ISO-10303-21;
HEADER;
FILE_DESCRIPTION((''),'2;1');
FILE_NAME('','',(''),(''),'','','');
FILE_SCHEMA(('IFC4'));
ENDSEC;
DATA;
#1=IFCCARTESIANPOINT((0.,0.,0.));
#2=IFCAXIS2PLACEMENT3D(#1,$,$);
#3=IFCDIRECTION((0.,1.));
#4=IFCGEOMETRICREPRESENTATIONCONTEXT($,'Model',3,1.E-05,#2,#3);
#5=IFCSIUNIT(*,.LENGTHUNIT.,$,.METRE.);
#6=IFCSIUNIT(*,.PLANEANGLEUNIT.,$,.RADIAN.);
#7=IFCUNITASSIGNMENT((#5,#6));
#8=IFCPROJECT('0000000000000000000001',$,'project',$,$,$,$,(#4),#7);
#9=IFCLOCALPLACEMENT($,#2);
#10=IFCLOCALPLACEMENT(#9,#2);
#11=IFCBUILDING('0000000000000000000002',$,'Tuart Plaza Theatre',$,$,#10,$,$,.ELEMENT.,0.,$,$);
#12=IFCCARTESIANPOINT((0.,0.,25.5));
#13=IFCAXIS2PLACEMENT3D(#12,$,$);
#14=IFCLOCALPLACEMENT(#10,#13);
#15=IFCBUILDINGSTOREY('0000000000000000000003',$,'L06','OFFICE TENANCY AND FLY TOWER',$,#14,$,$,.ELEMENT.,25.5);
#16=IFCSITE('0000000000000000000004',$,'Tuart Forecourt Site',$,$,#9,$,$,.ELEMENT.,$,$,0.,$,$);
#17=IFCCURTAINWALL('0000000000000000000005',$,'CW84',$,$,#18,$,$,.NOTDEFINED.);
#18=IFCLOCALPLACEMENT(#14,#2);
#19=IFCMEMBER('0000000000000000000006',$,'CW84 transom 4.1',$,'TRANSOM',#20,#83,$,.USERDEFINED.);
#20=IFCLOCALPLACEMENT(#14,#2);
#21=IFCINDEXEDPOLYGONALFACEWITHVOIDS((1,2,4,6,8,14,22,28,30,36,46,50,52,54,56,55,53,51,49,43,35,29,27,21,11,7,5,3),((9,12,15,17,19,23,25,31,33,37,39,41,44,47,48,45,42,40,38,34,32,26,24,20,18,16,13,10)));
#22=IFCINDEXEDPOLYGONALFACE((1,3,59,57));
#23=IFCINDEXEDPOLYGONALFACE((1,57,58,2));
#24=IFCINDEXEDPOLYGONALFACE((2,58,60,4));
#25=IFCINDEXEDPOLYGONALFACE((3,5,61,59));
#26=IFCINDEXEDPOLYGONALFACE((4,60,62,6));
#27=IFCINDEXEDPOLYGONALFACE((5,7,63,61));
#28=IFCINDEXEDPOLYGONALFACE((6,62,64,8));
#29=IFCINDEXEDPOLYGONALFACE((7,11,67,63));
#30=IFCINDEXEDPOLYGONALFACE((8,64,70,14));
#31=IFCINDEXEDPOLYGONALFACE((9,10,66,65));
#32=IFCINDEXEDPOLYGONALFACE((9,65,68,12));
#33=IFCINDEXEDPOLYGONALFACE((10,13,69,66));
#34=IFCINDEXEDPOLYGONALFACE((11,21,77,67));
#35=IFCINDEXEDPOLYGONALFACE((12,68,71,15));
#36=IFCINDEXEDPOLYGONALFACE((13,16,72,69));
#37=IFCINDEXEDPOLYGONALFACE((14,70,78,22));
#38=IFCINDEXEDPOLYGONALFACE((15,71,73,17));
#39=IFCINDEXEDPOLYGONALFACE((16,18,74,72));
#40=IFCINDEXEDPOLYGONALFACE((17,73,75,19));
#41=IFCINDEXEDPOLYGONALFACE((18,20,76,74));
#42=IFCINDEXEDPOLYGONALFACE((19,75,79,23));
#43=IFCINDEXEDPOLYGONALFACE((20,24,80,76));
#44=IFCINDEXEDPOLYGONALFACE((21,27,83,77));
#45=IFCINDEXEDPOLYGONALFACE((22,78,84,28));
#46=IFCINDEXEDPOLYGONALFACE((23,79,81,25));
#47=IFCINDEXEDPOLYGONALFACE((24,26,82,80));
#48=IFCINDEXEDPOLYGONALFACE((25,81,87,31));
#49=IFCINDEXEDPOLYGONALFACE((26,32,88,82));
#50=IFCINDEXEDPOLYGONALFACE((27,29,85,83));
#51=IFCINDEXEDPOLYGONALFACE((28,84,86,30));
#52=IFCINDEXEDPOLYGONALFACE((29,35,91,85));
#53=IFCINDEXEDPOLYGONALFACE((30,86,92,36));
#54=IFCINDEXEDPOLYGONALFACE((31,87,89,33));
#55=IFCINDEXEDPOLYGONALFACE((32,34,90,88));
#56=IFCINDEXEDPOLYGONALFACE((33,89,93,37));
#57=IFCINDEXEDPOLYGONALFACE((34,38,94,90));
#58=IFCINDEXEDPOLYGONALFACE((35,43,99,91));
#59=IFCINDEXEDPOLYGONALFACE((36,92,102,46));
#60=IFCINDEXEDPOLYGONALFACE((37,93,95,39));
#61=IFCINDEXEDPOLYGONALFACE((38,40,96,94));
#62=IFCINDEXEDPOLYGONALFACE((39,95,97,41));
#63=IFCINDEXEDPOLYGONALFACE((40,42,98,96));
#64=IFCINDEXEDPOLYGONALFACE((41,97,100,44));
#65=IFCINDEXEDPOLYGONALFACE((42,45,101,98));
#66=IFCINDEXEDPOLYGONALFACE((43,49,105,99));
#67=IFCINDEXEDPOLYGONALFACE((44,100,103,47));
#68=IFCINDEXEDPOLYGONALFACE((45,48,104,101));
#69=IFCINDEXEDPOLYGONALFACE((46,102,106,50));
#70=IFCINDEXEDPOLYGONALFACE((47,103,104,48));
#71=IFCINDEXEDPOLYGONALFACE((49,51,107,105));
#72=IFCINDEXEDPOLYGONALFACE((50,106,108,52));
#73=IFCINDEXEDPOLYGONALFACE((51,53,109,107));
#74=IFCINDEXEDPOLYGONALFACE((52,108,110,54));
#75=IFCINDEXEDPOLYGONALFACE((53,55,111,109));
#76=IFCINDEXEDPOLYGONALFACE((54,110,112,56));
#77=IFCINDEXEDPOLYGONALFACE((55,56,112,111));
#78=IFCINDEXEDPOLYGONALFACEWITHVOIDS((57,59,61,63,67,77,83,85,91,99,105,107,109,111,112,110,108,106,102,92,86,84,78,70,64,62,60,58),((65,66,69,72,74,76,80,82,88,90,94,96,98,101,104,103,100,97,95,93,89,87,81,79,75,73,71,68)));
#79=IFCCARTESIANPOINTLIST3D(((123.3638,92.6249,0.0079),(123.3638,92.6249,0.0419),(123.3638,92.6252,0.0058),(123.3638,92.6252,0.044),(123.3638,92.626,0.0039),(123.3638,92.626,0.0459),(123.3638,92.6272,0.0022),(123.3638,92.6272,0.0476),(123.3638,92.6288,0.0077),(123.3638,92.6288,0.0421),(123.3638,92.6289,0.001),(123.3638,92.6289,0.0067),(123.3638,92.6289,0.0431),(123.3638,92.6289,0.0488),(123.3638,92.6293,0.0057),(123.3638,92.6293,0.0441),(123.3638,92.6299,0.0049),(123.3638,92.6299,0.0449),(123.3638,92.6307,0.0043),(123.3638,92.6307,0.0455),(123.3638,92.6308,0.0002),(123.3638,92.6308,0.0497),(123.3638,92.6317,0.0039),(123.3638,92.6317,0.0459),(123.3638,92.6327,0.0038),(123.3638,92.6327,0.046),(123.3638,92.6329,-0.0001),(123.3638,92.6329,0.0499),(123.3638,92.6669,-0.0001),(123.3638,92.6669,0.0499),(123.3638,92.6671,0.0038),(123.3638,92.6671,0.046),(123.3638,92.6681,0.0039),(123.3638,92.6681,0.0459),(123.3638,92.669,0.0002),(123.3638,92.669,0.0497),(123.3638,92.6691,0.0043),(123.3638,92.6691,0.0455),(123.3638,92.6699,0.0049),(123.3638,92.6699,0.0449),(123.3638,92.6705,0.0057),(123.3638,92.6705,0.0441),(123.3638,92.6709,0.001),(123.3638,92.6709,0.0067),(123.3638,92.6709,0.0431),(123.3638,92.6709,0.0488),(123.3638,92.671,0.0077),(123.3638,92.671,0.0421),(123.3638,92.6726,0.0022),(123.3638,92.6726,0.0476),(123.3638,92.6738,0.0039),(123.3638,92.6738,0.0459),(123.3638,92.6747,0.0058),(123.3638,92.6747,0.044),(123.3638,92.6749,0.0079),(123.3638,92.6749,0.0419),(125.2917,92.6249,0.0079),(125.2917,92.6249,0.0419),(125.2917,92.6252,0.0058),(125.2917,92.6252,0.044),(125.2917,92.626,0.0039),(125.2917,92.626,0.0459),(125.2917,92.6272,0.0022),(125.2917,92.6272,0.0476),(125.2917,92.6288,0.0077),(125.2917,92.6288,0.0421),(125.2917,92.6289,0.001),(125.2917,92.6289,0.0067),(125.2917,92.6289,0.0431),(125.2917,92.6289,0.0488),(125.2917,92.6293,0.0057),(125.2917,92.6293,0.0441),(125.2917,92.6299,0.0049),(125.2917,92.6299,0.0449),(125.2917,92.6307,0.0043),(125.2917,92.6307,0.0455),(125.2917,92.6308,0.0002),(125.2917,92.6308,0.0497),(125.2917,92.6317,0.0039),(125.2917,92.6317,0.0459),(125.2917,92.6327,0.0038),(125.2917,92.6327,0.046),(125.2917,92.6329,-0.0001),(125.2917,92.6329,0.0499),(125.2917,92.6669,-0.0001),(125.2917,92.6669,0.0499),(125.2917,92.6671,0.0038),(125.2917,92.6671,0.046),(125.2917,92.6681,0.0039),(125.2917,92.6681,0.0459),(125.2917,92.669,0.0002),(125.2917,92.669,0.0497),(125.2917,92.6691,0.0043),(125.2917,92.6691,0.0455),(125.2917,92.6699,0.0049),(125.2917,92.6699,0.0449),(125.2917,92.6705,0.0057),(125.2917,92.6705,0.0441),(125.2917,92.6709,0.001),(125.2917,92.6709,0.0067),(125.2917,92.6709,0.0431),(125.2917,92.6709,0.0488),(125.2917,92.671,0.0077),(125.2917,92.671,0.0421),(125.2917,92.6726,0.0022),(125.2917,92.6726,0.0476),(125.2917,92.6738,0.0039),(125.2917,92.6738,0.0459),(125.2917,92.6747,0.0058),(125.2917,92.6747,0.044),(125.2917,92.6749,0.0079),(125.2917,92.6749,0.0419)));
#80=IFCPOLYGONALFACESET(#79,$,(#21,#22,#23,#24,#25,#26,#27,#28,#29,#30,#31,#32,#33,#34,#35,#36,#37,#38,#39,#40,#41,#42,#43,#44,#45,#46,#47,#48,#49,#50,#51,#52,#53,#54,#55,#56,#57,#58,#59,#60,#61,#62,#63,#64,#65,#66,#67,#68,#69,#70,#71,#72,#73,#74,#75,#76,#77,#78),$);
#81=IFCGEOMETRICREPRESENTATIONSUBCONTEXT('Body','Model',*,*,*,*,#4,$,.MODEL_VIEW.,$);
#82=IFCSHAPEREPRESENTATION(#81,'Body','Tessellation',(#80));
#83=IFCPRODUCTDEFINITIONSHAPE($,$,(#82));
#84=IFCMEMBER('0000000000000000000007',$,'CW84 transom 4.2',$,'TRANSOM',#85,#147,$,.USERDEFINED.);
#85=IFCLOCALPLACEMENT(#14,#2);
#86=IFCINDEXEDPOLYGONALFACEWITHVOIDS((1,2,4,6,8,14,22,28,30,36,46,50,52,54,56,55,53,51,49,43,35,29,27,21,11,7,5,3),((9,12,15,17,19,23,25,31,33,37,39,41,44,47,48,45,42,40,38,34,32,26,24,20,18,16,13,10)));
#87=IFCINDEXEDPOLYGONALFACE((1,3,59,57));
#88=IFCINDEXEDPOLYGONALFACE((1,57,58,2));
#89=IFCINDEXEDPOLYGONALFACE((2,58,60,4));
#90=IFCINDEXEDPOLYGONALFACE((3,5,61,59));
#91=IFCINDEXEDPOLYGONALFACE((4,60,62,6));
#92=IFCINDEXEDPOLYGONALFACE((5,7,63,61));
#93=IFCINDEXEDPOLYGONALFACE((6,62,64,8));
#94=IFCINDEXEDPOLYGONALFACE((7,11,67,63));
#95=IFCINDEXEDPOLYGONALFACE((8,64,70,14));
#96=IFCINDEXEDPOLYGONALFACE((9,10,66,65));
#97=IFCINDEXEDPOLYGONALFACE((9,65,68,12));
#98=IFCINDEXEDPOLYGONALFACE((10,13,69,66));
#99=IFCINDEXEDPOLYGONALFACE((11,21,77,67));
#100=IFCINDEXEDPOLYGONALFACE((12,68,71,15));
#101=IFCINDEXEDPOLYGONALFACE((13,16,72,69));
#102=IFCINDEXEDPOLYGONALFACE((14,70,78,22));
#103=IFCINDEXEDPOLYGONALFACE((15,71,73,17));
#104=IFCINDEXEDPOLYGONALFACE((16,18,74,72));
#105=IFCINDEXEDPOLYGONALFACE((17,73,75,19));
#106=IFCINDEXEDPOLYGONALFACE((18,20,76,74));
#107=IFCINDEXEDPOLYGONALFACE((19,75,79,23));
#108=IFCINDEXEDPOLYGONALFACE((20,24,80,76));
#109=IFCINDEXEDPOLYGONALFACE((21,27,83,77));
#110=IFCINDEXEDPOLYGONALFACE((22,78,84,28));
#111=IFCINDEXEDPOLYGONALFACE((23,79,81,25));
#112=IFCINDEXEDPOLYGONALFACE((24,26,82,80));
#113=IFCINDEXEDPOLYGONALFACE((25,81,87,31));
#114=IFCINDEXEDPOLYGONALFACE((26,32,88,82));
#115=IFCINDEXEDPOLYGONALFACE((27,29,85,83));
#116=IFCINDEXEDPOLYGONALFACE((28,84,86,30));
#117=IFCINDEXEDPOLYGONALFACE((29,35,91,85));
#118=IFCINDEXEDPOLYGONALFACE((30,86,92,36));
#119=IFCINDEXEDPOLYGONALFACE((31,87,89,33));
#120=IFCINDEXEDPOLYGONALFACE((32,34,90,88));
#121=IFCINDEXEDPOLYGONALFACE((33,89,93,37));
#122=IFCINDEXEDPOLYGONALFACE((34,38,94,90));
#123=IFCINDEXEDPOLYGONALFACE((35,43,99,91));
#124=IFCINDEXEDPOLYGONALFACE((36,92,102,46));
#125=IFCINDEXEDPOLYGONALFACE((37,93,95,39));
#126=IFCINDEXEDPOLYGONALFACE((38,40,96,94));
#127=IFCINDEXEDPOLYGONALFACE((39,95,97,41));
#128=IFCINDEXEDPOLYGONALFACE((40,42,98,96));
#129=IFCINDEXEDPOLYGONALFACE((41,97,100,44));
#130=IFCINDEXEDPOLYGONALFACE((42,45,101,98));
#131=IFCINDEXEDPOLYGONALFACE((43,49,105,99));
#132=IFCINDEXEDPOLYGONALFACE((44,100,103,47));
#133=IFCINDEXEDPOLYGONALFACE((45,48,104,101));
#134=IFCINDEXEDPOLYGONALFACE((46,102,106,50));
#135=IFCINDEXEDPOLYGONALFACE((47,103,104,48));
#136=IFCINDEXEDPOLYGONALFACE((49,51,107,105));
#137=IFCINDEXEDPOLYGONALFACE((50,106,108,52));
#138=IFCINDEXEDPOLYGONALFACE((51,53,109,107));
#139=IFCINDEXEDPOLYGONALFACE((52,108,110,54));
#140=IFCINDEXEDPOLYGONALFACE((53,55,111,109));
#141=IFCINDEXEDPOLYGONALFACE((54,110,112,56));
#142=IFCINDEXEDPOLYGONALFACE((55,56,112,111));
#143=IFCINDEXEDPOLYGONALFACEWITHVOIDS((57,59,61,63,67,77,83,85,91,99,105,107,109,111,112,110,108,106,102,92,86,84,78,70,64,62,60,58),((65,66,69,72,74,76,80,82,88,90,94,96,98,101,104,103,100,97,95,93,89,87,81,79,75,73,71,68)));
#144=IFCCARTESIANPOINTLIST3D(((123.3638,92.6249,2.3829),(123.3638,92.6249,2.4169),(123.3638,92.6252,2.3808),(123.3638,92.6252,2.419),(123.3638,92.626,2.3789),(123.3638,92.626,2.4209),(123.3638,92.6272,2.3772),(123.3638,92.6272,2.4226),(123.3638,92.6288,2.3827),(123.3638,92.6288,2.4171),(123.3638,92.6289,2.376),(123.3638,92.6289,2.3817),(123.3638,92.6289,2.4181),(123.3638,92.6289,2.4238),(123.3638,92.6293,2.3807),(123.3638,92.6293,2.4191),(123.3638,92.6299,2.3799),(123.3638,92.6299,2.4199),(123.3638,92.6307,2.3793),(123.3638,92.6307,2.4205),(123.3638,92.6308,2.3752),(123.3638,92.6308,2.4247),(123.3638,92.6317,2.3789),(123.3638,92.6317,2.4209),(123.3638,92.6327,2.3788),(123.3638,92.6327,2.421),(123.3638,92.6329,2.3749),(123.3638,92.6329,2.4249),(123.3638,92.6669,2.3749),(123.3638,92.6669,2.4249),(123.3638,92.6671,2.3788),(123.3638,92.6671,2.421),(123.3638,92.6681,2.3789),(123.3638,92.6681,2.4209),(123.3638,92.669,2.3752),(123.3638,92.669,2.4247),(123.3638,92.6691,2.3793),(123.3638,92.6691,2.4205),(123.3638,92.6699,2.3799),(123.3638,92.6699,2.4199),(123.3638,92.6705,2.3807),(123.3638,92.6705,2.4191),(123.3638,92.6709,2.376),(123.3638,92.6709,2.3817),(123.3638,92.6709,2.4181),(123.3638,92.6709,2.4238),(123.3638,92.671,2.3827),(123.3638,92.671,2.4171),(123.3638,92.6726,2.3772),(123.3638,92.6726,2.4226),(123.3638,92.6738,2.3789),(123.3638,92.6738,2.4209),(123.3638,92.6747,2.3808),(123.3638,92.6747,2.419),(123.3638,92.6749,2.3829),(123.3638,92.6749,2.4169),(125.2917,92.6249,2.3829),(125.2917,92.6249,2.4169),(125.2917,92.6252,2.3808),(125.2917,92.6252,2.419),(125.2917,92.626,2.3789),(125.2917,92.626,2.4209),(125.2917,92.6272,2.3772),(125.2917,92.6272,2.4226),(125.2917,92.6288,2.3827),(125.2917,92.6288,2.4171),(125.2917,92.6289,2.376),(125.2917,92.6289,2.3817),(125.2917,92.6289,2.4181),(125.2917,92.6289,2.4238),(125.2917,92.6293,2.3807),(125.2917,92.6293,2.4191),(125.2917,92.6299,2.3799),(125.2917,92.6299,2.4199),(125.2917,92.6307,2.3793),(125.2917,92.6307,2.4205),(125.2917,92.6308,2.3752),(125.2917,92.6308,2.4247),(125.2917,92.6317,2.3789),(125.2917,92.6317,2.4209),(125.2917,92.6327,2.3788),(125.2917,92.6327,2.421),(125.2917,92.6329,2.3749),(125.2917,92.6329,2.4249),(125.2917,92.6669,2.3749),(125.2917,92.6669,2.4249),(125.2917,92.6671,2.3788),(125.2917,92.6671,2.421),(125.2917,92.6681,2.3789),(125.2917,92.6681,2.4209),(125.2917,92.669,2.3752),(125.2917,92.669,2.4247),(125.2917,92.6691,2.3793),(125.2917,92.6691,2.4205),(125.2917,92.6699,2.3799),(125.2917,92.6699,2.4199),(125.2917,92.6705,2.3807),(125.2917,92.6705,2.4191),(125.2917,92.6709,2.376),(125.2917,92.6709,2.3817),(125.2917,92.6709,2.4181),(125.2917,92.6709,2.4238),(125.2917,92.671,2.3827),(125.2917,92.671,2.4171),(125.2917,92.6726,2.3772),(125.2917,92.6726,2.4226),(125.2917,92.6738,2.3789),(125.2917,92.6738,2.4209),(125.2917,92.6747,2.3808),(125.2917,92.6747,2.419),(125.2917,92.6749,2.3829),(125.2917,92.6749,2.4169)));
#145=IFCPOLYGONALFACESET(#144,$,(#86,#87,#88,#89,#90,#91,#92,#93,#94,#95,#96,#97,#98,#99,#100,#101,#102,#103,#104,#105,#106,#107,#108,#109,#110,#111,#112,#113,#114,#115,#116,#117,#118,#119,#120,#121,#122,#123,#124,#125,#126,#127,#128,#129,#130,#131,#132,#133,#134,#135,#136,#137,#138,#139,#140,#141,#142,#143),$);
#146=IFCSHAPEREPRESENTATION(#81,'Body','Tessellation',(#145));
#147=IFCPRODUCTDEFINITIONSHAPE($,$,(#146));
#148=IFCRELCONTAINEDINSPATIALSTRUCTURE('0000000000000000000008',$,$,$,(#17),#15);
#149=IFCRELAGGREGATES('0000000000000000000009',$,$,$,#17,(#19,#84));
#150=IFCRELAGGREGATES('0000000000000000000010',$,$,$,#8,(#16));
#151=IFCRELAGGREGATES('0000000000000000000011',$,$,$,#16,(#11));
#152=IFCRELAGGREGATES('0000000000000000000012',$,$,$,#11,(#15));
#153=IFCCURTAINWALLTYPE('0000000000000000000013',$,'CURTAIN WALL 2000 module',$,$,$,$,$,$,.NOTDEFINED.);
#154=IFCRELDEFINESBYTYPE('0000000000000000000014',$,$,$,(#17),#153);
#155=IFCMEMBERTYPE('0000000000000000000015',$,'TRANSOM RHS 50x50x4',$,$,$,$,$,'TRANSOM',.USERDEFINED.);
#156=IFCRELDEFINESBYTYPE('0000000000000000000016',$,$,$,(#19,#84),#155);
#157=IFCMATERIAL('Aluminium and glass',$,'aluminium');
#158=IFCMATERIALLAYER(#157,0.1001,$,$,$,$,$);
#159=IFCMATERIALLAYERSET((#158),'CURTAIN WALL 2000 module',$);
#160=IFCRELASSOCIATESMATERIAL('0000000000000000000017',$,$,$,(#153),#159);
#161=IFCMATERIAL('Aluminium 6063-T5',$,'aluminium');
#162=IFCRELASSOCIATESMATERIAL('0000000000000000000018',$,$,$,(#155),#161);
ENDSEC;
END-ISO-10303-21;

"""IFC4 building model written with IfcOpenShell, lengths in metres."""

from ifc_helpers import new_model, si_unit, direction, frame, origin, origin_2d, place, context, subcontext, project, spatial, hollow_rectangle, extrude, material, layer, layer_set, material_profile, profile_set, type_object, element, aggregate, save


model = new_model("IFC4")

# Units and contexts
model_context = context("Model", 3, precision=1e-05, world=origin(), true_north=direction((0.0, 1.0)))
body_context = subcontext(model_context, "Body", "Model", "MODEL_VIEW")
ifc_project = project(units=[si_unit("LENGTHUNIT", "METRE"), si_unit("PLANEANGLEUNIT", "RADIAN")], contexts=[model_context])

# Site, building, storey
site_placement = place(None, origin())
site = spatial("IfcSite", under=ifc_project, at=site_placement, Name="Tuart Forecourt Site", CompositionType="ELEMENT", RefElevation=0.0)
building_placement = place(site_placement, origin())
building = spatial("IfcBuilding", under=site, at=building_placement, Name="Tuart Plaza Theatre", CompositionType="ELEMENT", ElevationOfRefHeight=0.0)
storey_placement = place(building_placement, frame((0.0, 0.0, 25.5)))
storey = spatial("IfcBuildingStorey", under=building, at=storey_placement, Name="L06", Description="OFFICE TENANCY AND FLY TOWER", CompositionType="ELEMENT", Elevation=25.5)

# Curtain wall, members
ifc_material_1 = material(Name="Aluminium and glass", Category="aluminium")
ifc_layer_1 = layer(ifc_material_1, 0.1001)
ifc_layer_set_1 = layer_set([ifc_layer_1], Name="CURTAIN WALL 2000 module")
curtain_wall_type = type_object("IfcCurtainWallType", Name="CURTAIN WALL 2000 module", PredefinedType="NOTDEFINED", material=ifc_layer_set_1)
curtain_wall_placement = place(storey_placement, origin())
curtain_wall = element("IfcCurtainWall", 1, at=curtain_wall_placement, inside=storey, type_object=curtain_wall_type, Name="CW84", PredefinedType="NOTDEFINED")
ifc_material_2 = material(Name="Aluminium 6063-T5", Category="aluminium")
ifc_material_profile_1 = material_profile(ifc_material_2, hollow_rectangle(XDim=0.05, YDim=0.05, WallThickness=0.0039, InnerFilletRadius=0.0039, OuterFilletRadius=0.0081, at=origin_2d()), Name="RHS 50x50x4")
ifc_profile_set_1 = profile_set([ifc_material_profile_1], Name="Aluminium 6063-T5")
member_type_1 = type_object("IfcMemberType", Name="TRANSOM RHS 50x50x4", ElementType="TRANSOM", PredefinedType="USERDEFINED", material=ifc_profile_set_1)
member_1_placement = place(storey_placement, frame((125.2917, 92.6499, 0.0249), z_axis=(-1.0, 0.0, 0.0), x_axis=(0.0, -1.0, 0.0)))
member_1 = element("IfcMember", 2, at=member_1_placement, type_object=member_type_1, Name="CW84 transom 4.1", ObjectType="TRANSOM", PredefinedType="USERDEFINED", context=body_context, shape_type="SweptSolid", body=[
    extrude(hollow_rectangle(XDim=0.05, YDim=0.05, WallThickness=0.0039, InnerFilletRadius=0.0039, OuterFilletRadius=0.0081, at=origin_2d()), origin(), (0.0, 0.0, 1.0), 1.928),
])
member_2_placement = place(storey_placement, frame((125.2917, 92.6499, 2.3999), z_axis=(-1.0, 0.0, 0.0), x_axis=(0.0, -1.0, 0.0)))
member_2 = element("IfcMember", 3, at=member_2_placement, type_object=member_type_1, Name="CW84 transom 4.2", ObjectType="TRANSOM", PredefinedType="USERDEFINED", context=body_context, shape_type="SweptSolid", body=[
    extrude(hollow_rectangle(XDim=0.05, YDim=0.05, WallThickness=0.0039, InnerFilletRadius=0.0039, OuterFilletRadius=0.0081, at=origin_2d()), origin(), (0.0, 0.0, 1.0), 1.928),
])
aggregate(curtain_wall, [member_1, member_2])

save(model, "model.ifc")
